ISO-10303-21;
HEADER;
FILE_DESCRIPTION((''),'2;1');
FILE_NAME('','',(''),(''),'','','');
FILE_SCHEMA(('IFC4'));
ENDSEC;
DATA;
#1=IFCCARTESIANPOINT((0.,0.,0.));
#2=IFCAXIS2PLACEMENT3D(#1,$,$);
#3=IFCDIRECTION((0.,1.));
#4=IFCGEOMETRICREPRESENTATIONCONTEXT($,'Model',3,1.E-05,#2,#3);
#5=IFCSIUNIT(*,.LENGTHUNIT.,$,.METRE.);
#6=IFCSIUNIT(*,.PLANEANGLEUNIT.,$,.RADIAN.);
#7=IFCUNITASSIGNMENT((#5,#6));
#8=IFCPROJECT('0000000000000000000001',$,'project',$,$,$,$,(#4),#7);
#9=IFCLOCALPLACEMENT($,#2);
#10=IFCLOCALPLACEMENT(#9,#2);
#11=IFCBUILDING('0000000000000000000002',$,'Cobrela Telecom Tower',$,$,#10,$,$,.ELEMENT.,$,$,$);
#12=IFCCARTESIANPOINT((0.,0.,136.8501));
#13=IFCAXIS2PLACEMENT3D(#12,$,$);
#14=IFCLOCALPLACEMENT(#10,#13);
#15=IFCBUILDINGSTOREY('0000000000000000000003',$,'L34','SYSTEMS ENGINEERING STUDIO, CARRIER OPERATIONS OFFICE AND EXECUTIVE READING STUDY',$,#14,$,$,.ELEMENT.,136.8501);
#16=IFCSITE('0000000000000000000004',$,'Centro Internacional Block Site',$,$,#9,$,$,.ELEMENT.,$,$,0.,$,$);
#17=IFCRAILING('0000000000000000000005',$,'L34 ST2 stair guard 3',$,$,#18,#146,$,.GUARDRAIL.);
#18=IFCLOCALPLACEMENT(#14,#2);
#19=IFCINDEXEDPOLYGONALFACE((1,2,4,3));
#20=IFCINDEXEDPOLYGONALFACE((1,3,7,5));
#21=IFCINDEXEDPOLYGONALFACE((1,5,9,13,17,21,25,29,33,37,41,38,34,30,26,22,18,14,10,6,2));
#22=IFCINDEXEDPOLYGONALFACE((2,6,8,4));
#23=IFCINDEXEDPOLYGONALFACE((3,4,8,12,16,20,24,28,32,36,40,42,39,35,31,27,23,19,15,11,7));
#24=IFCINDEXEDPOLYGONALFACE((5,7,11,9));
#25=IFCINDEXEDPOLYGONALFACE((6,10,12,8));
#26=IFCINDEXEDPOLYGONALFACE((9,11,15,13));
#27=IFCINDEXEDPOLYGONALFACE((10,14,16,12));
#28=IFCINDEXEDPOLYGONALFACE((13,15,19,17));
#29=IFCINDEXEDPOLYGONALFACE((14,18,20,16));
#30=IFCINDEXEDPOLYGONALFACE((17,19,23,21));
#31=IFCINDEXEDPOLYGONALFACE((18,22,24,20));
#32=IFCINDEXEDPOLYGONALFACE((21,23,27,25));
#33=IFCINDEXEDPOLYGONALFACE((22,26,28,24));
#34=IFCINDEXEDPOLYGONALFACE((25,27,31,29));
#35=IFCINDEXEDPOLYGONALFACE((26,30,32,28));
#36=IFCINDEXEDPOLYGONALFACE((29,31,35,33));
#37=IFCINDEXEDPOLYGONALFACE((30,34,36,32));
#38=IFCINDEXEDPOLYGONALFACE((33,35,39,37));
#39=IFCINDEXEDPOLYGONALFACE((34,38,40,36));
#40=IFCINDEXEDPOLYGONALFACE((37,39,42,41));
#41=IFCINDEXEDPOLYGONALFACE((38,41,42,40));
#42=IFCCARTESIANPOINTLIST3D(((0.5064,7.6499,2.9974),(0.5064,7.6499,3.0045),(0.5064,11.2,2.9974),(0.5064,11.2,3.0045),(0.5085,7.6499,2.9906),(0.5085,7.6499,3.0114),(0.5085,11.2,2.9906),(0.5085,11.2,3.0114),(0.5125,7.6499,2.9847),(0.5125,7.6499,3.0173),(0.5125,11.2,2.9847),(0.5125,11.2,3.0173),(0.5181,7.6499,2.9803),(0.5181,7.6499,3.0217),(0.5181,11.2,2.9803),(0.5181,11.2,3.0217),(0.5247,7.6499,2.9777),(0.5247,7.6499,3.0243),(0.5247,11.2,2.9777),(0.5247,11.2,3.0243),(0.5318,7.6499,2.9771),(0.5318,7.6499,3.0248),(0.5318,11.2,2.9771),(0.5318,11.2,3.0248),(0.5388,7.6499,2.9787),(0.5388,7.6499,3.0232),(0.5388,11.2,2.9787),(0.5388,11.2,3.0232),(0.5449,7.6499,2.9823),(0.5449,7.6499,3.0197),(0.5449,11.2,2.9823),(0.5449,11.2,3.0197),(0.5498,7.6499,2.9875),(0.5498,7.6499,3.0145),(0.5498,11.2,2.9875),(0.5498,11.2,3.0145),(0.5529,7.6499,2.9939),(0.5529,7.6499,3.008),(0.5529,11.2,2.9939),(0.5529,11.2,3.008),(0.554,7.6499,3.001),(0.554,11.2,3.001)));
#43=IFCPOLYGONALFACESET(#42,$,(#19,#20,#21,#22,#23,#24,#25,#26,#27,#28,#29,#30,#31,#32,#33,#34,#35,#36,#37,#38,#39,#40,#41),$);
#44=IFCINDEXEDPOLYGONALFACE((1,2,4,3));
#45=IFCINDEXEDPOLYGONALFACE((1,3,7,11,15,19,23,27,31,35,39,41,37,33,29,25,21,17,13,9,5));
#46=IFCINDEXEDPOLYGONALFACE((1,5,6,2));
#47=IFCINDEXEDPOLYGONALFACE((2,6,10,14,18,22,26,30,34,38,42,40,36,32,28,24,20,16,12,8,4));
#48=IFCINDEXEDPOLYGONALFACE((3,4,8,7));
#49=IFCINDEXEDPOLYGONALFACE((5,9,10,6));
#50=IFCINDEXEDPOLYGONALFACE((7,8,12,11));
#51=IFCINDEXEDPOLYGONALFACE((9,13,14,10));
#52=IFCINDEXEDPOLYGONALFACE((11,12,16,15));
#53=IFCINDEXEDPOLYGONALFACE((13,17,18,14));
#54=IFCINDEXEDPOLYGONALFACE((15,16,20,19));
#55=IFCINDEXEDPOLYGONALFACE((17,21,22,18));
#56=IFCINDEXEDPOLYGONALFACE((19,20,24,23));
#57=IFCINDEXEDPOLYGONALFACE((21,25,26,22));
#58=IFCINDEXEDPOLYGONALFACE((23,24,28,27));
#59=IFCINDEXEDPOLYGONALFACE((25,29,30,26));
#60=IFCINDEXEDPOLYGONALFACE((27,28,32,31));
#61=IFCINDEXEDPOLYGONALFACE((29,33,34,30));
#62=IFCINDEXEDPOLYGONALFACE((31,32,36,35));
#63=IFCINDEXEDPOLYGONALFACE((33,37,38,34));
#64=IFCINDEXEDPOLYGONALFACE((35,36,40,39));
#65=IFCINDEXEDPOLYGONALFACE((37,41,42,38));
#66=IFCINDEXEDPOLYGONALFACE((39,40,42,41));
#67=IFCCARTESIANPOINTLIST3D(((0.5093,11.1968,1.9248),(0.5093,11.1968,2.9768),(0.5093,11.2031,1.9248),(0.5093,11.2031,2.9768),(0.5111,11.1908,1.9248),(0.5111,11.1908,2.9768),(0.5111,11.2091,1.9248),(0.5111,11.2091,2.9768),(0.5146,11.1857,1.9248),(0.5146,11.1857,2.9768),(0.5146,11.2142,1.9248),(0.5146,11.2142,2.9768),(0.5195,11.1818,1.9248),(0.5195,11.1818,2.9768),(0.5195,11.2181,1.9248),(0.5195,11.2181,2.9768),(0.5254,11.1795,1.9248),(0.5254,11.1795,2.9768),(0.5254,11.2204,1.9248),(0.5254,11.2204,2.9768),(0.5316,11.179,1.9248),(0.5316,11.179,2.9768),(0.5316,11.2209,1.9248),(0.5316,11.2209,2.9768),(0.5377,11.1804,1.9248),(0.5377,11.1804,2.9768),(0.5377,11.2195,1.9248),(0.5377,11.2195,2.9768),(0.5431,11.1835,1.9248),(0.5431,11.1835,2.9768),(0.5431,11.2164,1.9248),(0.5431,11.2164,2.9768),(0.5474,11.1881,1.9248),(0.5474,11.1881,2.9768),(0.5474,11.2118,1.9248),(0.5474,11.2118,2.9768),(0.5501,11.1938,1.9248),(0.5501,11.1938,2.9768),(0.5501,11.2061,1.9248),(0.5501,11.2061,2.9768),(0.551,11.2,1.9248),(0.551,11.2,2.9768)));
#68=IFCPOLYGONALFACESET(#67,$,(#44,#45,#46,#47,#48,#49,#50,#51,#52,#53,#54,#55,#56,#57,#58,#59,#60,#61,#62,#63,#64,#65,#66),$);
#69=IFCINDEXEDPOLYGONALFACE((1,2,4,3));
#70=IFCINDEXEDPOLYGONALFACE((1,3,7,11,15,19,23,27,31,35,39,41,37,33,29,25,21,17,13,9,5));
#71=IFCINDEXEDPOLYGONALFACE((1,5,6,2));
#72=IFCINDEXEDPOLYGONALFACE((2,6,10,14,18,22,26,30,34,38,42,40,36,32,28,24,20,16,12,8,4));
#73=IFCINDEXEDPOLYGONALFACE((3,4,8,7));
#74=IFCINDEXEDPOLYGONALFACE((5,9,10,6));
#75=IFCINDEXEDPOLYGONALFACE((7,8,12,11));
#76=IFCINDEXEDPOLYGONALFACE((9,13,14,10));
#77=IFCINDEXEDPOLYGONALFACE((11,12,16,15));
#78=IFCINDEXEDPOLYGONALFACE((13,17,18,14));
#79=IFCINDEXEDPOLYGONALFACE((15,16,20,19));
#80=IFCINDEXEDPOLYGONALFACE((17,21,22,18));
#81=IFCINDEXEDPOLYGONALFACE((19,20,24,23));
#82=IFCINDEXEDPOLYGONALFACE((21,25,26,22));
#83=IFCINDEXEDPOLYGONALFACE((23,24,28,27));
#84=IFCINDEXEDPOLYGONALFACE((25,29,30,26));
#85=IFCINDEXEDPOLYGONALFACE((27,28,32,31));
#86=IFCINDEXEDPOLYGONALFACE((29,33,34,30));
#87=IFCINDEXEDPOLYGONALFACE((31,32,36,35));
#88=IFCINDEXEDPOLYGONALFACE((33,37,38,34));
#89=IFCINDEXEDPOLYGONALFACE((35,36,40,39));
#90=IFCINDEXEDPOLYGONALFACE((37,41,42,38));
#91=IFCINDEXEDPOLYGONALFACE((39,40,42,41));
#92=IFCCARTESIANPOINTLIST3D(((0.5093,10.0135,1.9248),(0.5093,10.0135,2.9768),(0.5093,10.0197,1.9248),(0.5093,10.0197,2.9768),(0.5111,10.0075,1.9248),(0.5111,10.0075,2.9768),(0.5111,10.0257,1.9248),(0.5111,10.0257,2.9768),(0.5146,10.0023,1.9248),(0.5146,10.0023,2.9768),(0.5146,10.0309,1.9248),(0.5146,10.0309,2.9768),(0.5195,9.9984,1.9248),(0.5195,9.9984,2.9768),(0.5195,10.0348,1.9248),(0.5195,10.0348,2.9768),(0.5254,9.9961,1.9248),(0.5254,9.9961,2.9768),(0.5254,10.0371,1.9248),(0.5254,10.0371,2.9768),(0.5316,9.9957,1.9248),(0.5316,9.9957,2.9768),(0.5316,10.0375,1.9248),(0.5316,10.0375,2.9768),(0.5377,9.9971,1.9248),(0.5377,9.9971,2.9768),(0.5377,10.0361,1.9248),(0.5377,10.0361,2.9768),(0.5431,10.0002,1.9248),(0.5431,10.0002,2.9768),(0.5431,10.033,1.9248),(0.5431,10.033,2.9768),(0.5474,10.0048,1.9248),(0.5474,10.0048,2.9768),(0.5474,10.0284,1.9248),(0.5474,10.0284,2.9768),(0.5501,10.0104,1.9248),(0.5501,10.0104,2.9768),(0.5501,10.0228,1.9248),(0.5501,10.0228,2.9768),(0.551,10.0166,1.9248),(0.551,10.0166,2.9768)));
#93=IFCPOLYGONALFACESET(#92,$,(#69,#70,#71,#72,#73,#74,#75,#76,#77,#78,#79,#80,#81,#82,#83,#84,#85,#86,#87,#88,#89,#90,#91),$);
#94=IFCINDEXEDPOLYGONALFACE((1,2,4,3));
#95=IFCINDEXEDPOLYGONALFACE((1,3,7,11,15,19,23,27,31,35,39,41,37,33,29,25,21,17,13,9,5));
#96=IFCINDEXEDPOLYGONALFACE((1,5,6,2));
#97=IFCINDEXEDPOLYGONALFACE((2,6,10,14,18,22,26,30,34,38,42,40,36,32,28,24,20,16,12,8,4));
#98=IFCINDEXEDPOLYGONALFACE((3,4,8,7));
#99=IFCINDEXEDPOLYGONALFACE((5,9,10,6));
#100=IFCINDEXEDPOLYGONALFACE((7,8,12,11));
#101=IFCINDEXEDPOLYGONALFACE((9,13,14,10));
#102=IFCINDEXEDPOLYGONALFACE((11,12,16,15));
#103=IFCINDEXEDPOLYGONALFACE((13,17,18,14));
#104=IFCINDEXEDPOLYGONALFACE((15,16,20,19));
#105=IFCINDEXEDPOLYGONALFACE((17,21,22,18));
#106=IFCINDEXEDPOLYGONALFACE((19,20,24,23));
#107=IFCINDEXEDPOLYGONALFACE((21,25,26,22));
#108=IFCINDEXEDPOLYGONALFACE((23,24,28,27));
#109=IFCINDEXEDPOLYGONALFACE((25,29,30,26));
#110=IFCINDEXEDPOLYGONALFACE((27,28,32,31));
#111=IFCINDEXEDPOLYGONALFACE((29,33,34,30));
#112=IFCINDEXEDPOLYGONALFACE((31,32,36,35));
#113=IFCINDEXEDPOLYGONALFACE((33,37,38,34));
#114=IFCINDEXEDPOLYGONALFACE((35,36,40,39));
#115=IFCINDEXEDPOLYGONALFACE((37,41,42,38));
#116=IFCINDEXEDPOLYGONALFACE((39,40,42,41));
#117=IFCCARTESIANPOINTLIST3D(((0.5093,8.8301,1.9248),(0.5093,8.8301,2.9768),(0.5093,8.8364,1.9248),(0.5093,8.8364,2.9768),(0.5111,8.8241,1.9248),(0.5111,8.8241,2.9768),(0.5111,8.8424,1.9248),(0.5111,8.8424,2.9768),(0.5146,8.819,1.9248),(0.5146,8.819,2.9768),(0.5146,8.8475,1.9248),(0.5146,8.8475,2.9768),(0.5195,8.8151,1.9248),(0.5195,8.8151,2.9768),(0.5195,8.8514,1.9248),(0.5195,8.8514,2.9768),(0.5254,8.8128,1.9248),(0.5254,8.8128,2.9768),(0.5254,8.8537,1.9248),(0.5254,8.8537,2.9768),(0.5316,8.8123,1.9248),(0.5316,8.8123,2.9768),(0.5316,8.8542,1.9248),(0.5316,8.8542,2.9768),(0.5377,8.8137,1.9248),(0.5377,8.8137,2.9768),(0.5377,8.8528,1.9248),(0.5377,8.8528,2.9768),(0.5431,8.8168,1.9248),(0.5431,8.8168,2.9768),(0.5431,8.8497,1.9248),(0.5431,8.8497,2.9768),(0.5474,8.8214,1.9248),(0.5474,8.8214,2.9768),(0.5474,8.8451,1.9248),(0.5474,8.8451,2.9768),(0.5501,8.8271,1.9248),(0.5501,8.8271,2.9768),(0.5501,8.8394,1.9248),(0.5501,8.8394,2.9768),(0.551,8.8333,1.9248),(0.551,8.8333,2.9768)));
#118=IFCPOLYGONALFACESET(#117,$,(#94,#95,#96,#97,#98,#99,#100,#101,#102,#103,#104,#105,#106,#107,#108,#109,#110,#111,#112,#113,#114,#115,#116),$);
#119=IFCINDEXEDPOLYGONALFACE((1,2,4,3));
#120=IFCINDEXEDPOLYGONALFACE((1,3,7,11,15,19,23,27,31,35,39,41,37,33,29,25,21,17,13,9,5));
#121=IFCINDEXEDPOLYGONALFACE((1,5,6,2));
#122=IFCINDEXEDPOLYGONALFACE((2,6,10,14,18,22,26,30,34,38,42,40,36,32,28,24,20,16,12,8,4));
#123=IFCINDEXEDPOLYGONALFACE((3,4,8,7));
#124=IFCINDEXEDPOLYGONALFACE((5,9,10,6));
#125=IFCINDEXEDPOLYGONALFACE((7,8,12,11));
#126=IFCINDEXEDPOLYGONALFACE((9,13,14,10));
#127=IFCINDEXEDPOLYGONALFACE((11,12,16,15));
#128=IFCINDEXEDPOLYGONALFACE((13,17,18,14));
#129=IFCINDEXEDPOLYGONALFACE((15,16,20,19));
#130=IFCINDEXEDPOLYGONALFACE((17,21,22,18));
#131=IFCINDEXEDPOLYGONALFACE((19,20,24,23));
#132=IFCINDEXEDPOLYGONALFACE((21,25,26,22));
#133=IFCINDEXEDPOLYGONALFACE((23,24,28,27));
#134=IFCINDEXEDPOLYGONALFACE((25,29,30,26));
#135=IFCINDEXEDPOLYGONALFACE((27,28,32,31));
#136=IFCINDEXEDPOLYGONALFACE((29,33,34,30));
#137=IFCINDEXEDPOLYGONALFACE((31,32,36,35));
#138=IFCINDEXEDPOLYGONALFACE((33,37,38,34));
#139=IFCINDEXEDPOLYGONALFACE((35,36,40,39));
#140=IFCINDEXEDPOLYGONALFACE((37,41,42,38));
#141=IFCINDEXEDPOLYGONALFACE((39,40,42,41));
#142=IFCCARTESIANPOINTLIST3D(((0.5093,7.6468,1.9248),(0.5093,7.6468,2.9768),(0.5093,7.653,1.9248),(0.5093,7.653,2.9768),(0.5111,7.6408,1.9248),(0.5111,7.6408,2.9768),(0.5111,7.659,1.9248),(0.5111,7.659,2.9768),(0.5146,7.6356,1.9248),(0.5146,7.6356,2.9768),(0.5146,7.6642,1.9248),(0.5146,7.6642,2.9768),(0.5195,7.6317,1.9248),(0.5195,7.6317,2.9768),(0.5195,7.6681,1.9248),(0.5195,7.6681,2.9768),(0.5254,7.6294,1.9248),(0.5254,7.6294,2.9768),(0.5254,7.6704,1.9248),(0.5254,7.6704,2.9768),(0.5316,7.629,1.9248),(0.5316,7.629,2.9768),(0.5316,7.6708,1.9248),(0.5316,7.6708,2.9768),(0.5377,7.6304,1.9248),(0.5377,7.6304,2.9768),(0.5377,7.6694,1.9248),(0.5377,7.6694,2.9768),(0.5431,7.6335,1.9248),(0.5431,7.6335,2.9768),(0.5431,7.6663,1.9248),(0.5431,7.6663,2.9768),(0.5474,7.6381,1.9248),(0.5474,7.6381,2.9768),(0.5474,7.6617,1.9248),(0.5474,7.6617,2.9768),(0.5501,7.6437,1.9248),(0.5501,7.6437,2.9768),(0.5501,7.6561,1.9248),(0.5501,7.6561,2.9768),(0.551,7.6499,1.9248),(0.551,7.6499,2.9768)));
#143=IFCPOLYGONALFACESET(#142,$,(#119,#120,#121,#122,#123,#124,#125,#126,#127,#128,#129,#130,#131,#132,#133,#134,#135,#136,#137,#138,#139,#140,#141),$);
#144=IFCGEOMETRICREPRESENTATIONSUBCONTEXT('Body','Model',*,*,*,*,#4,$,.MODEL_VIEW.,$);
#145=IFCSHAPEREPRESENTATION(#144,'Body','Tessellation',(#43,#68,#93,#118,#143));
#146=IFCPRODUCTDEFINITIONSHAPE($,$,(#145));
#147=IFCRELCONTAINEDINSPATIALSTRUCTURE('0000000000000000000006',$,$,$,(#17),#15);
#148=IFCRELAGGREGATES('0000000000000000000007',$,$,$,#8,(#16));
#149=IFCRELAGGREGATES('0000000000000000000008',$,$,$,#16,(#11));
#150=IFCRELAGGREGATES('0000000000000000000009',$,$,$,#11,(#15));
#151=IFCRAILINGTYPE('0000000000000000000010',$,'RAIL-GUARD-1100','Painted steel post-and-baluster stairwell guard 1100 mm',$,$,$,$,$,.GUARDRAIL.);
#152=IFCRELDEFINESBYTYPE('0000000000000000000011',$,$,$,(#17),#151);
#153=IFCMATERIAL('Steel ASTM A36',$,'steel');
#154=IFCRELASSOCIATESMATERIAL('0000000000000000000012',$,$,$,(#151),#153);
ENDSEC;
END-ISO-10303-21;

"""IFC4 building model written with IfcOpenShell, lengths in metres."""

from ifc_helpers import new_model, si_unit, direction, frame, origin, origin_2d, place, context, subcontext, project, spatial, circle, extrude, material, type_object, element, save


model = new_model("IFC4")

# Units and contexts
model_context = context("Model", 3, precision=1e-05, world=origin(), true_north=direction((0.0, 1.0)))
body_context = subcontext(model_context, "Body", "Model", "MODEL_VIEW")
ifc_project = project(units=[si_unit("LENGTHUNIT", "METRE"), si_unit("PLANEANGLEUNIT", "RADIAN")], contexts=[model_context])

# Site, building, storey
site_placement = place(None, origin())
site = spatial("IfcSite", under=ifc_project, at=site_placement, Name="Centro Internacional Block Site", CompositionType="ELEMENT", RefElevation=0.0)
building_placement = place(site_placement, origin())
building = spatial("IfcBuilding", under=site, at=building_placement, Name="Cobrela Telecom Tower", CompositionType="ELEMENT")
storey_placement = place(building_placement, frame((0.0, 0.0, 136.8501)))
storey = spatial("IfcBuildingStorey", under=building, at=storey_placement, Name="L34", Description="SYSTEMS ENGINEERING STUDIO, CARRIER OPERATIONS OFFICE AND EXECUTIVE READING STUDY", CompositionType="ELEMENT", Elevation=136.8501)

# Shared definitions
ifc_material_1 = material(Name="Steel ASTM A36", Category="steel")

# Railing
railing_type_1 = type_object("IfcRailingType", Name="RAIL-GUARD-1100", Description="Painted steel post-and-baluster stairwell guard 1100 mm", PredefinedType="GUARDRAIL", material=ifc_material_1)
railing_1_placement = place(storey_placement, frame((0.53, 11.2, 1.9248)))
element("IfcRailing", 1, at=railing_1_placement, inside=storey, type_object=railing_type_1, Name="L34 ST2 stair guard 3", PredefinedType="GUARDRAIL", context=body_context, shape_type="SweptSolid", body=[
    extrude(circle(Radius=0.0239, at=origin_2d()), frame((0.0, 0.0, 1.0762), z_axis=(0.0, -1.0, 0.0), x_axis=(1.0, 0.0, 0.0)), (0.0, 0.0, 1.0), 3.55),
    extrude(circle(Radius=0.021, at=origin_2d()), origin(), (0.0, 0.0, 1.0), 1.052),
    extrude(circle(Radius=0.021, at=origin_2d()), frame((0.0, -1.1833, 0.0)), (0.0, 0.0, 1.0), 1.052),
    extrude(circle(Radius=0.021, at=origin_2d()), frame((0.0, -2.3667, 0.0)), (0.0, 0.0, 1.0), 1.052),
    extrude(circle(Radius=0.021, at=origin_2d()), frame((0.0, -3.55, 0.0)), (0.0, 0.0, 1.0), 1.052),
])

save(model, "model.ifc")
